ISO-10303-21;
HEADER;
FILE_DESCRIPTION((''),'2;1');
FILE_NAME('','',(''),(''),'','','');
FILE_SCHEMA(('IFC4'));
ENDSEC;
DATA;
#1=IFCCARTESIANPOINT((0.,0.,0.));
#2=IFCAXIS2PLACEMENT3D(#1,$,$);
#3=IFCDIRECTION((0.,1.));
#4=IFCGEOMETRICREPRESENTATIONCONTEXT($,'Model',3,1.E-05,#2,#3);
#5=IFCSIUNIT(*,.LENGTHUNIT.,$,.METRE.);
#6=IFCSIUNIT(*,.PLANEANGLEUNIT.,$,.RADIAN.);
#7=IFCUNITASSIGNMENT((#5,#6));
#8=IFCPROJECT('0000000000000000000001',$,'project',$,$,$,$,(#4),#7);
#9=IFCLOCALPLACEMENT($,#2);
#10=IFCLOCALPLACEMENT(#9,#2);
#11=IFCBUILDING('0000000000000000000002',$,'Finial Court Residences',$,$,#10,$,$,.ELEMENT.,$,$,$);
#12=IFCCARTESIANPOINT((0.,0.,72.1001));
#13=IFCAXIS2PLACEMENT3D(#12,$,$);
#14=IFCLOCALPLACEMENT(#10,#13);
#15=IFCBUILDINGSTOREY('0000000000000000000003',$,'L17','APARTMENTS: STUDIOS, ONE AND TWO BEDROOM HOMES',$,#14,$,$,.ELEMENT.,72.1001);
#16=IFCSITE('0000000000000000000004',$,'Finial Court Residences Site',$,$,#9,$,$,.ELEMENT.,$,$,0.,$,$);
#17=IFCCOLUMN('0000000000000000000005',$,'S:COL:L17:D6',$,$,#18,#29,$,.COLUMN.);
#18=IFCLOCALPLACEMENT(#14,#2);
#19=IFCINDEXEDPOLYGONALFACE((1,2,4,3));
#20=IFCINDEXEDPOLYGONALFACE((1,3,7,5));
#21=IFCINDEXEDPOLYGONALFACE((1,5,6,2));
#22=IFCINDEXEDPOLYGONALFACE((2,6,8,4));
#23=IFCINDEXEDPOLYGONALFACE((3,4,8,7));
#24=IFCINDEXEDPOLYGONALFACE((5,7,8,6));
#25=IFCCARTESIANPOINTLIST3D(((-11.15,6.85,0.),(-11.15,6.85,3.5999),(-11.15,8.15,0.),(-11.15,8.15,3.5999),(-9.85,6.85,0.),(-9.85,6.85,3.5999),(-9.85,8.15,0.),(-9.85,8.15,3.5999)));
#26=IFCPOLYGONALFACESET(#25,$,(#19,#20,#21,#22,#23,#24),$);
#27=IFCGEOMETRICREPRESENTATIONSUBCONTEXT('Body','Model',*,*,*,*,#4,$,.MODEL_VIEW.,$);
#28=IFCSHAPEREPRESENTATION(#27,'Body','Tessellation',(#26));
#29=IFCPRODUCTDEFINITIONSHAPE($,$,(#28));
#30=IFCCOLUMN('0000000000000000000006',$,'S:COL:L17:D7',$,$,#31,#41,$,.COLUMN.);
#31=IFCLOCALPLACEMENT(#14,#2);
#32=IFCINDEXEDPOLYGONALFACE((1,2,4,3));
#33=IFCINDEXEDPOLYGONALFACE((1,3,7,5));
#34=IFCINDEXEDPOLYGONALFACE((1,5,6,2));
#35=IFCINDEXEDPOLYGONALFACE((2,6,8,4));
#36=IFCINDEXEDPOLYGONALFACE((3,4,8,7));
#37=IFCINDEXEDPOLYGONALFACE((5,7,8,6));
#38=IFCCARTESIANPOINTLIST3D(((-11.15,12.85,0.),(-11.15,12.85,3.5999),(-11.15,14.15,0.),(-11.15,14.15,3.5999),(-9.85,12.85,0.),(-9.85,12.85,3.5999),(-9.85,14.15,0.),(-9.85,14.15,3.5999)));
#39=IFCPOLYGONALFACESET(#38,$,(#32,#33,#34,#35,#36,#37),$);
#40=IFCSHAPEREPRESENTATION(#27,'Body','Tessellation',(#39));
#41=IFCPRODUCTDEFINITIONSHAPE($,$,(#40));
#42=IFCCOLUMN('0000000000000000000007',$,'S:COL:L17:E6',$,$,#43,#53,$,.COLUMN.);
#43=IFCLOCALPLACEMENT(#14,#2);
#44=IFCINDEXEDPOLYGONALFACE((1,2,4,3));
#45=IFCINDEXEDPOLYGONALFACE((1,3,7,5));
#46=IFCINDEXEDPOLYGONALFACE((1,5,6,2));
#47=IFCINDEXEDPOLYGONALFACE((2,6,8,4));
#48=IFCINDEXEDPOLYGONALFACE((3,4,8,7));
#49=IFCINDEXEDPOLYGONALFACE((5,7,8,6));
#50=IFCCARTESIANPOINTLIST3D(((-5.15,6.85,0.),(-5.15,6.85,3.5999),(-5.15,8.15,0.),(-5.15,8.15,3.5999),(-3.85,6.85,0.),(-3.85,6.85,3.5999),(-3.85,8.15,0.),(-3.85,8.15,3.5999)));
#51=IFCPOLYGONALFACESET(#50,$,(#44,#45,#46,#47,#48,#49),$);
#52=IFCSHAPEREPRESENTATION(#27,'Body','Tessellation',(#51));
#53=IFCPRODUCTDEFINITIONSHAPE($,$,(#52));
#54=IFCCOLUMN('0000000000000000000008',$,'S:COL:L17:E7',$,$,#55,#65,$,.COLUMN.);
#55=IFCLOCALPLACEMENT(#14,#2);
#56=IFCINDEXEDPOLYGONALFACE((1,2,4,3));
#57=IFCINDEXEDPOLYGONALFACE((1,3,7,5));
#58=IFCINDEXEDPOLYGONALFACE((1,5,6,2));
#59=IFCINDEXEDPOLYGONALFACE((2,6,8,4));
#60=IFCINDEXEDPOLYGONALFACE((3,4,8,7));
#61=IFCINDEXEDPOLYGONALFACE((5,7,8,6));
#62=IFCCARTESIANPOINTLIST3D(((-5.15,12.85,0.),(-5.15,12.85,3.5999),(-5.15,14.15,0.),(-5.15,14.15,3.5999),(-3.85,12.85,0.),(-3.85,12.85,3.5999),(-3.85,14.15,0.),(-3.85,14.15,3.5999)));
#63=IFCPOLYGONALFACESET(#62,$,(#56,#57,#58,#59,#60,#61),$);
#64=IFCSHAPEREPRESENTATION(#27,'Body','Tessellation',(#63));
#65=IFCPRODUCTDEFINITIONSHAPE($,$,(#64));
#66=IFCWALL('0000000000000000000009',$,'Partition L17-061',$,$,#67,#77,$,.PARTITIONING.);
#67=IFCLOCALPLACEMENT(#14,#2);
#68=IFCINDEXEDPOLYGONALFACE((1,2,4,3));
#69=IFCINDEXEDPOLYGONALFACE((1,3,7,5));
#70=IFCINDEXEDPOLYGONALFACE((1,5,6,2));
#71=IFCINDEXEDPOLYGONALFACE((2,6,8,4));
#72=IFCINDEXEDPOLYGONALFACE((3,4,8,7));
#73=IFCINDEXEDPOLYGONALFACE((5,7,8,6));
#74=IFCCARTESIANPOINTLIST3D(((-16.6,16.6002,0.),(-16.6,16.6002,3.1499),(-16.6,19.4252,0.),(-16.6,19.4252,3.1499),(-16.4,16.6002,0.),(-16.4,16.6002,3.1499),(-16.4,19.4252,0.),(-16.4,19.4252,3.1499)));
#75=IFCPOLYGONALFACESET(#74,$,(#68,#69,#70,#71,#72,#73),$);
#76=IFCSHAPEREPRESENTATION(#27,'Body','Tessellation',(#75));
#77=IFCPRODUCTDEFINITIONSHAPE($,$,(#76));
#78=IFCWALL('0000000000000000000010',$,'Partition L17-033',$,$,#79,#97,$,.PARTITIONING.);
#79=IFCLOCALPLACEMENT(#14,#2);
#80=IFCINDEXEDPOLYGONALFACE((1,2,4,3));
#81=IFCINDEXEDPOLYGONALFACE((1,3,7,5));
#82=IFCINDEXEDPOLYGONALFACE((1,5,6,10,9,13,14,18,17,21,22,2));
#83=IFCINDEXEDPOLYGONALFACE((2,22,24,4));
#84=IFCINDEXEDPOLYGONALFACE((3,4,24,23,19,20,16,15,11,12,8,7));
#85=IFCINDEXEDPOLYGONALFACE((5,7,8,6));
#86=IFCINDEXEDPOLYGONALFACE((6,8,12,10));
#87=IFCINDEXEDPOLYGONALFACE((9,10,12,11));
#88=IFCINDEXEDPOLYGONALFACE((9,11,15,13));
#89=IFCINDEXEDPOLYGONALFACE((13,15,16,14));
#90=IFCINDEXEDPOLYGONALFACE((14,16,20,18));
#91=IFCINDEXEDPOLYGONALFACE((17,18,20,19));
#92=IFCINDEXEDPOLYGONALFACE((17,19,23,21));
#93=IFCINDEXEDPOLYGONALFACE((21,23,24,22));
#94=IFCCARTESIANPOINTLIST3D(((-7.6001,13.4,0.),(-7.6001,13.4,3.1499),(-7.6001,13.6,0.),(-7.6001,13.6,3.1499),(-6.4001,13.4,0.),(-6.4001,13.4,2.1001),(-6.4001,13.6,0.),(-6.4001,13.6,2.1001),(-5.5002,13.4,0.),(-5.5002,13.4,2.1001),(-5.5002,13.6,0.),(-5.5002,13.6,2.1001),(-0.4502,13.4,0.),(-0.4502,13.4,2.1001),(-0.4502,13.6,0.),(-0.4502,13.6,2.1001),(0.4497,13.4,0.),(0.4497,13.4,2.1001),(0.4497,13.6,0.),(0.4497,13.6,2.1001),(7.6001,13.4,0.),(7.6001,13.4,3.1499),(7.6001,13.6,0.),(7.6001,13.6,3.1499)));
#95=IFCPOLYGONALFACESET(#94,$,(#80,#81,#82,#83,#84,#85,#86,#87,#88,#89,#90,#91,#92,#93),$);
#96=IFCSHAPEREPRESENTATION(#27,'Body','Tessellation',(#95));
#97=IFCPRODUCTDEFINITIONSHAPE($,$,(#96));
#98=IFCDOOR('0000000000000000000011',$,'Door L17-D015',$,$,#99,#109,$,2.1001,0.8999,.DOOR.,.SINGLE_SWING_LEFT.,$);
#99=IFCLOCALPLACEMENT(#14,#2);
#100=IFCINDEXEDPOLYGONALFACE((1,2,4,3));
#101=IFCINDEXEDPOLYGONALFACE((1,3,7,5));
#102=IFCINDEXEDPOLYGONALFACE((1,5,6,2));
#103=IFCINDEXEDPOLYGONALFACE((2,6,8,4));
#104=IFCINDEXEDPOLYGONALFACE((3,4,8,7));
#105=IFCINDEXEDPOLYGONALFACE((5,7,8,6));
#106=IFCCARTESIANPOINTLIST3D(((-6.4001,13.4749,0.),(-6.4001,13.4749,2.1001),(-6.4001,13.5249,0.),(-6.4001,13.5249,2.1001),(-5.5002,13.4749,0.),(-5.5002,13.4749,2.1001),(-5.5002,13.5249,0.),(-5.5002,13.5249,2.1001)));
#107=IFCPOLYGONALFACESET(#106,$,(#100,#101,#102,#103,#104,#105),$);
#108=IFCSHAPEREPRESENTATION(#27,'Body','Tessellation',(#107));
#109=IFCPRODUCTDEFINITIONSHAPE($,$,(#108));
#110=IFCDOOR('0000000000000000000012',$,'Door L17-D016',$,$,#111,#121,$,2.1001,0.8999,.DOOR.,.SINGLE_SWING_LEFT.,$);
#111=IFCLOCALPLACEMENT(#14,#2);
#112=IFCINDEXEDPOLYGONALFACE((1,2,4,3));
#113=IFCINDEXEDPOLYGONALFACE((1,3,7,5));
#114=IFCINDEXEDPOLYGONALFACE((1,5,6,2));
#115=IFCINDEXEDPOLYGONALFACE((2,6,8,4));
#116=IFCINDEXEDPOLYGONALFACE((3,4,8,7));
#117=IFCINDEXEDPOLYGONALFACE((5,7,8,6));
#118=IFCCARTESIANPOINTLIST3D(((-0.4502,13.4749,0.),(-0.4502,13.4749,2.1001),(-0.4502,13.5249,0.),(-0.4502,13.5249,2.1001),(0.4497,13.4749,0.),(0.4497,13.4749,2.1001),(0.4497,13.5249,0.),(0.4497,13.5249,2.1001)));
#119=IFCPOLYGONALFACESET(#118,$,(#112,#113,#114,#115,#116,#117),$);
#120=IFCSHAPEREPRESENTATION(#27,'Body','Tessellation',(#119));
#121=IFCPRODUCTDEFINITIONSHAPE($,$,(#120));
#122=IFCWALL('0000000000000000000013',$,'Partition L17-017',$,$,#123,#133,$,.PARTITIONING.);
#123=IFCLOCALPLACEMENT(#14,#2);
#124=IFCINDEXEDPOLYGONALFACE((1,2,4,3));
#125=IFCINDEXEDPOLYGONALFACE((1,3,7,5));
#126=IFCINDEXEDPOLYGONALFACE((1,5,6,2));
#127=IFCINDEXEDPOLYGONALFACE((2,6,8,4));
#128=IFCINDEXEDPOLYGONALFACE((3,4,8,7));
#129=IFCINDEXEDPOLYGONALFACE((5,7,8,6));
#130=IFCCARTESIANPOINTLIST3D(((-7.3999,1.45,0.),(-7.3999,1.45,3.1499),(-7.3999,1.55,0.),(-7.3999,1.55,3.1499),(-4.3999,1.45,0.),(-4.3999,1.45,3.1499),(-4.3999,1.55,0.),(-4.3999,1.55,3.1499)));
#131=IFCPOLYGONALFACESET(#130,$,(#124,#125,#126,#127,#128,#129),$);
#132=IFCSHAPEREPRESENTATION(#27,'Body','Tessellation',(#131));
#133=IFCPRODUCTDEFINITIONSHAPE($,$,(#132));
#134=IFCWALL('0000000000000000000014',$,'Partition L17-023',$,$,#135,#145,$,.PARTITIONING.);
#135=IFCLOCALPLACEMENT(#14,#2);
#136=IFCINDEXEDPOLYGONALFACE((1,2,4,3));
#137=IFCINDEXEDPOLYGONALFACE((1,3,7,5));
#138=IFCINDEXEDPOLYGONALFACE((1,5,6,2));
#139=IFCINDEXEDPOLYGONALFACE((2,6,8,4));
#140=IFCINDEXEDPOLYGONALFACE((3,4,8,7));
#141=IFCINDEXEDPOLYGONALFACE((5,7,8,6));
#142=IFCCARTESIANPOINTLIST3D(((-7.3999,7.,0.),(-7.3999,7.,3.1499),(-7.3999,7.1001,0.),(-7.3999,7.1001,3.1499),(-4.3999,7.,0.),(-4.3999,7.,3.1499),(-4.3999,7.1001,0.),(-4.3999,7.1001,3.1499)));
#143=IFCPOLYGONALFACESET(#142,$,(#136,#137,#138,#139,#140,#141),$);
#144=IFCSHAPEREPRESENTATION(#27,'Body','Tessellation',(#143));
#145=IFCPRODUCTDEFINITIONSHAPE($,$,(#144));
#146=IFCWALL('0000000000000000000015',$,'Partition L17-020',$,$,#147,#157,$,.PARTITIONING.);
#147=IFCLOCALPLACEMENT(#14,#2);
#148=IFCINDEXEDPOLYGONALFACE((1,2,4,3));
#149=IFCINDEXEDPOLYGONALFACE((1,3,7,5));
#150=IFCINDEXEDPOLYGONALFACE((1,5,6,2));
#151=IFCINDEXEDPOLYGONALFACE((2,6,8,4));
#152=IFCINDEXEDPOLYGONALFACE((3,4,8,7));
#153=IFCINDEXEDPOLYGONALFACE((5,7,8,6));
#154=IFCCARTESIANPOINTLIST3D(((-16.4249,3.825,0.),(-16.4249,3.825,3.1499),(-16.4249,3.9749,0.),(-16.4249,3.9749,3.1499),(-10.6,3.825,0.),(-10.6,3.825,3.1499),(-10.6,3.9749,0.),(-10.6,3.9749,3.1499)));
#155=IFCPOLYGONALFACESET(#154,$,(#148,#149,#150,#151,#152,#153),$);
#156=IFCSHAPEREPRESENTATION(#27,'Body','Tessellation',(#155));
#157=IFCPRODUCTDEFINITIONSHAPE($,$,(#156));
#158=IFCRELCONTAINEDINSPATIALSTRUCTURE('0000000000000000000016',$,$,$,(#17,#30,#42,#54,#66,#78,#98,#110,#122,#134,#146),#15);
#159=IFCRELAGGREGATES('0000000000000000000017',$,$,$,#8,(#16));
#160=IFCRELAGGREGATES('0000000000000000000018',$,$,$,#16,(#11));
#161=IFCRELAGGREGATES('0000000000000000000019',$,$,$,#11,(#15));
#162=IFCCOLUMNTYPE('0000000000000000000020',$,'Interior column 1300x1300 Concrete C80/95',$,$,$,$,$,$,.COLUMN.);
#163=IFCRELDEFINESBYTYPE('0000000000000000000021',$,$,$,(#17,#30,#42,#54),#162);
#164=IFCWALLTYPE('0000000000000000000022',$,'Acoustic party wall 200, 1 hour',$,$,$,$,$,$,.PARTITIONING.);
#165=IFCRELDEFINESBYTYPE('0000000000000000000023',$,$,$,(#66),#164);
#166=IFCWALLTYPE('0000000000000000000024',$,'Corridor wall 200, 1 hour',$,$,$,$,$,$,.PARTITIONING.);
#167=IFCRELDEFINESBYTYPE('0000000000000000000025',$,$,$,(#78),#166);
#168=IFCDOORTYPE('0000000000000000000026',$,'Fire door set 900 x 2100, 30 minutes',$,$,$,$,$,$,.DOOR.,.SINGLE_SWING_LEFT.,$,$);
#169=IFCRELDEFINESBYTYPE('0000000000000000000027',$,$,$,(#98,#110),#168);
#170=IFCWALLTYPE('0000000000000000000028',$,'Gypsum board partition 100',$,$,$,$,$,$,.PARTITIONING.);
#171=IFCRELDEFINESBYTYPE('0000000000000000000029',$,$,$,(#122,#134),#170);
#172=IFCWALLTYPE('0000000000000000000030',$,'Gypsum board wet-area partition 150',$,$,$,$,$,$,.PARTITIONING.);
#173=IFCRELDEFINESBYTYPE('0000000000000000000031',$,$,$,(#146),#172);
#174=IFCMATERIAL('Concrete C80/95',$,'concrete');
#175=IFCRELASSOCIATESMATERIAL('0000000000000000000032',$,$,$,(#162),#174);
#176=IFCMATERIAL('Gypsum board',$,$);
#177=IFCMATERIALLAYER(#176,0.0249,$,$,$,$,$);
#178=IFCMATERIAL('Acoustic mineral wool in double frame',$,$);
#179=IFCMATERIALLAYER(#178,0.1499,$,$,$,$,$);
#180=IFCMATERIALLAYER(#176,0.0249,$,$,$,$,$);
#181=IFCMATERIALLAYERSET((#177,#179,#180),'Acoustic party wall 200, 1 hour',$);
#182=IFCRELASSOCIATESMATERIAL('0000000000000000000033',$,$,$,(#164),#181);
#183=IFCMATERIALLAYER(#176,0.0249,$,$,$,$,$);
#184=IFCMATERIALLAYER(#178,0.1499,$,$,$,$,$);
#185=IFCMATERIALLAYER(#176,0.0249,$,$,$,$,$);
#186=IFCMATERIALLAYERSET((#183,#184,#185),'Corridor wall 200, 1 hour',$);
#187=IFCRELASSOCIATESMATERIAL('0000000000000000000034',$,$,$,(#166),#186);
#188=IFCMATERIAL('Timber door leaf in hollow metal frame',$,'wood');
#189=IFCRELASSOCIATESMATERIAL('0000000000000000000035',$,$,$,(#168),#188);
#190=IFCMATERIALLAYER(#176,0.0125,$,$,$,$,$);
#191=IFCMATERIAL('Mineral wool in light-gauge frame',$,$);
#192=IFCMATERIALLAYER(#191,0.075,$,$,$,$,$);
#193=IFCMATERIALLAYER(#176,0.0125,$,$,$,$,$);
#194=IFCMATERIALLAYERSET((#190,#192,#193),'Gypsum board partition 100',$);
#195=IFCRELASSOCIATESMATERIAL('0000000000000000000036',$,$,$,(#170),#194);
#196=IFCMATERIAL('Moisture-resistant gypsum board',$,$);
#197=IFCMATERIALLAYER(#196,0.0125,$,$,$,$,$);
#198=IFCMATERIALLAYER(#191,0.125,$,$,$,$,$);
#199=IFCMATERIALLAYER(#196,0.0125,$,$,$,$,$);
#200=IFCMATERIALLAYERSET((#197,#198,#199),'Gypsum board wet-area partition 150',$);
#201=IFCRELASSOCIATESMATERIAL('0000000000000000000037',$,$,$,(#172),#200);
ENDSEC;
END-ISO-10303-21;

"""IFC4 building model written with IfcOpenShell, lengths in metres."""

from ifc_helpers import new_model, si_unit, direction, frame, frame_2d, origin, origin_2d, place, context, subcontext, project, spatial, rectangle, extrude, material, layer, layer_set, material_profile, profile_set, type_object, element, fill, save


model = new_model("IFC4")

# Units and contexts
model_context = context("Model", 3, precision=1e-05, world=origin(), true_north=direction((0.0, 1.0)))
body_context = subcontext(model_context, "Body", "Model", "MODEL_VIEW")
ifc_project = project(units=[si_unit("LENGTHUNIT", "METRE"), si_unit("PLANEANGLEUNIT", "RADIAN")], contexts=[model_context])

# Site, building, storey
site_placement = place(None, origin())
site = spatial("IfcSite", under=ifc_project, at=site_placement, Name="Finial Court Residences Site", CompositionType="ELEMENT", RefElevation=0.0)
building_placement = place(site_placement, origin())
building = spatial("IfcBuilding", under=site, at=building_placement, Name="Finial Court Residences", CompositionType="ELEMENT")
storey_placement = place(building_placement, frame((0.0, 0.0, 72.1001)))
storey = spatial("IfcBuildingStorey", under=building, at=storey_placement, Name="L17", Description="APARTMENTS: STUDIOS, ONE AND TWO BEDROOM HOMES", CompositionType="ELEMENT", Elevation=72.1001)

# Columns
ifc_material_1 = material(Name="Concrete C80/95", Category="concrete")
ifc_material_profile = material_profile(ifc_material_1, rectangle(XDim=1.3, YDim=1.3, at=origin_2d()), Name="1300x1300")
ifc_profile_set = profile_set([ifc_material_profile], Name="Concrete C80/95")
column_type = type_object("IfcColumnType", Name="Interior column 1300x1300 Concrete C80/95", PredefinedType="COLUMN", material=ifc_profile_set)
for number, where, z_axis, x_axis, name in (
    (1, (-10.5, 7.5, 0.0), (0.0, 0.0, 1.0), (1.0, 0.0, 0.0), "S:COL:L17:D6"),
    (2, (-10.5, 13.5, 0.0), (0.0, 0.0, 1.0), (1.0, 0.0, 0.0), "S:COL:L17:D7"),
    (3, (-4.5, 7.5, 0.0), (0.0, 0.0, 1.0), (1.0, 0.0, 0.0), "S:COL:L17:E6"),
    (4, (-4.5, 13.5, 0.0), (0.0, 0.0, 1.0), (1.0, 0.0, 0.0), "S:COL:L17:E7"),
):
    element("IfcColumn", number, at=place(storey_placement, frame(where, z_axis=z_axis, x_axis=x_axis)), inside=storey, type_object=column_type, Name=name, PredefinedType="COLUMN", context=body_context, shape_type="SweptSolid", body=[
        extrude(rectangle(XDim=1.3, YDim=1.3, at=origin_2d()), origin(), (0.0, 0.0, 1.0), 3.5999),
    ])

# Wall
ifc_material_2 = material(Name="Gypsum board")
ifc_layer_1 = layer(ifc_material_2, 0.0249)
ifc_material_3 = material(Name="Acoustic mineral wool in double frame")
ifc_layer_2 = layer(ifc_material_3, 0.1499)
ifc_layer_3 = layer(ifc_material_2, 0.0249)
ifc_layer_set_1 = layer_set([ifc_layer_1, ifc_layer_2, ifc_layer_3], Name="Acoustic party wall 200, 1 hour")
wall_type_1 = type_object("IfcWallType", Name="Acoustic party wall 200, 1 hour", PredefinedType="PARTITIONING", material=ifc_layer_set_1)
wall_1_placement = place(storey_placement, frame((-16.5, 16.6001, 0.0), z_axis=(0.0, 0.0, 1.0), x_axis=(0.0, 1.0, 0.0)))
element("IfcWall", 5, at=wall_1_placement, inside=storey, type_object=wall_type_1, Name="Partition L17-061", PredefinedType="PARTITIONING", context=body_context, shape_type="SweptSolid", body=[
    extrude(rectangle(XDim=2.825, YDim=0.2, at=frame_2d((1.4126, 0.0))), origin(), (0.0, 0.0, 1.0), 3.1499),
])

# Wall, openings, doors
ifc_layer_4 = layer(ifc_material_2, 0.0249)
ifc_layer_5 = layer(ifc_material_3, 0.1499)
ifc_layer_6 = layer(ifc_material_2, 0.0249)
ifc_layer_set_2 = layer_set([ifc_layer_4, ifc_layer_5, ifc_layer_6], Name="Corridor wall 200, 1 hour")
wall_type_2 = type_object("IfcWallType", Name="Corridor wall 200, 1 hour", PredefinedType="PARTITIONING", material=ifc_layer_set_2)
wall_2_placement = place(storey_placement, frame((-7.6001, 13.5, 0.0), z_axis=(0.0, 0.0, 1.0), x_axis=(1.0, 0.0, 0.0)))
wall_2 = element("IfcWall", 6, at=wall_2_placement, inside=storey, type_object=wall_type_2, Name="Partition L17-033", PredefinedType="PARTITIONING", context=body_context, shape_type="SweptSolid", body=[
    extrude(rectangle(XDim=15.2002, YDim=0.2, at=frame_2d((7.6001, 0.0))), origin(), (0.0, 0.0, 1.0), 3.1499),
])
opening_1_placement = place(wall_2_placement, frame((1.2, 0.0, 0.0)))
opening_1 = element("IfcOpeningElement", 7, at=opening_1_placement, cuts=wall_2, PredefinedType="OPENING", context=body_context, shape_type="SweptSolid", body=[
    extrude(rectangle(XDim=0.8999, YDim=2.1001, at=frame_2d((0.45, 1.05))), frame((0.0, 0.1099, 0.0), z_axis=(0.0, -1.0, 0.0), x_axis=(1.0, 0.0, 0.0)), (0.0, 0.0, 1.0), 0.22),
])
opening_2_placement = place(wall_2_placement, frame((7.1499, 0.0, 0.0)))
opening_2 = element("IfcOpeningElement", 8, at=opening_2_placement, cuts=wall_2, PredefinedType="OPENING", context=body_context, shape_type="SweptSolid", body=[
    extrude(rectangle(XDim=0.8999, YDim=2.1001, at=frame_2d((0.45, 1.05))), frame((0.0, 0.1099, 0.0), z_axis=(0.0, -1.0, 0.0), x_axis=(1.0, 0.0, 0.0)), (0.0, 0.0, 1.0), 0.22),
])
ifc_material_4 = material(Name="Timber door leaf in hollow metal frame", Category="wood")
door_type_1 = type_object("IfcDoorType", Name="Fire door set 900 x 2100, 30 minutes", OperationType="SINGLE_SWING_LEFT", PredefinedType="DOOR", material=ifc_material_4)
door_1_placement = place(opening_1_placement, origin())
door_1 = element("IfcDoor", 9, at=door_1_placement, inside=storey, type_object=door_type_1, Name="Door L17-D015", OperationType="SINGLE_SWING_LEFT", OverallHeight=2.1001, OverallWidth=0.8999, PredefinedType="DOOR", context=body_context, shape_type="SweptSolid", body=[
    extrude(rectangle(XDim=0.8999, YDim=2.1001, at=frame_2d((0.45, 1.05))), frame((0.0, 0.0249, 0.0), z_axis=(0.0, -1.0, 0.0), x_axis=(1.0, 0.0, 0.0)), (0.0, 0.0, 1.0), 0.05),
])
fill(opening_1, door_1)
door_2_placement = place(opening_2_placement, origin())
door_2 = element("IfcDoor", 10, at=door_2_placement, inside=storey, type_object=door_type_1, Name="Door L17-D016", OperationType="SINGLE_SWING_LEFT", OverallHeight=2.1001, OverallWidth=0.8999, PredefinedType="DOOR", context=body_context, shape_type="SweptSolid", body=[
    extrude(rectangle(XDim=0.8999, YDim=2.1001, at=frame_2d((0.45, 1.05))), frame((0.0, 0.0249, 0.0), z_axis=(0.0, -1.0, 0.0), x_axis=(1.0, 0.0, 0.0)), (0.0, 0.0, 1.0), 0.05),
])
fill(opening_2, door_2)

# Walls
ifc_layer_7 = layer(ifc_material_2, 0.0125)
ifc_material_5 = material(Name="Mineral wool in light-gauge frame")
ifc_layer_8 = layer(ifc_material_5, 0.075)
ifc_layer_9 = layer(ifc_material_2, 0.0125)
ifc_layer_set_3 = layer_set([ifc_layer_7, ifc_layer_8, ifc_layer_9], Name="Gypsum board partition 100")
wall_type_3 = type_object("IfcWallType", Name="Gypsum board partition 100", PredefinedType="PARTITIONING", material=ifc_layer_set_3)
for number, where, z_axis, x_axis, name in (
    (11, (-7.3999, 1.5, 0.0), (0.0, 0.0, 1.0), (1.0, 0.0, 0.0), "Partition L17-017"),
    (12, (-7.3999, 7.05, 0.0), (0.0, 0.0, 1.0), (1.0, 0.0, 0.0), "Partition L17-023"),
):
    element("IfcWall", number, at=place(storey_placement, frame(where, z_axis=z_axis, x_axis=x_axis)), inside=storey, type_object=wall_type_3, Name=name, PredefinedType="PARTITIONING", context=body_context, shape_type="SweptSolid", body=[
        extrude(rectangle(XDim=3.0, YDim=0.1001, at=frame_2d((1.5, 0.0))), origin(), (0.0, 0.0, 1.0), 3.1499),
    ])
ifc_material_6 = material(Name="Moisture-resistant gypsum board")
ifc_layer_10 = layer(ifc_material_6, 0.0125)
ifc_layer_11 = layer(ifc_material_5, 0.125)
ifc_layer_12 = layer(ifc_material_6, 0.0125)
ifc_layer_set_4 = layer_set([ifc_layer_10, ifc_layer_11, ifc_layer_12], Name="Gypsum board wet-area partition 150")
wall_type_4 = type_object("IfcWallType", Name="Gypsum board wet-area partition 150", PredefinedType="PARTITIONING", material=ifc_layer_set_4)
wall_3_placement = place(storey_placement, frame((-16.425, 3.8999, 0.0), z_axis=(0.0, 0.0, 1.0), x_axis=(1.0, 0.0, 0.0)))
element("IfcWall", 13, at=wall_3_placement, inside=storey, type_object=wall_type_4, Name="Partition L17-020", PredefinedType="PARTITIONING", context=body_context, shape_type="SweptSolid", body=[
    extrude(rectangle(XDim=5.825, YDim=0.1499, at=frame_2d((2.9126, 0.0))), origin(), (0.0, 0.0, 1.0), 3.1499),
])

save(model, "model.ifc")
